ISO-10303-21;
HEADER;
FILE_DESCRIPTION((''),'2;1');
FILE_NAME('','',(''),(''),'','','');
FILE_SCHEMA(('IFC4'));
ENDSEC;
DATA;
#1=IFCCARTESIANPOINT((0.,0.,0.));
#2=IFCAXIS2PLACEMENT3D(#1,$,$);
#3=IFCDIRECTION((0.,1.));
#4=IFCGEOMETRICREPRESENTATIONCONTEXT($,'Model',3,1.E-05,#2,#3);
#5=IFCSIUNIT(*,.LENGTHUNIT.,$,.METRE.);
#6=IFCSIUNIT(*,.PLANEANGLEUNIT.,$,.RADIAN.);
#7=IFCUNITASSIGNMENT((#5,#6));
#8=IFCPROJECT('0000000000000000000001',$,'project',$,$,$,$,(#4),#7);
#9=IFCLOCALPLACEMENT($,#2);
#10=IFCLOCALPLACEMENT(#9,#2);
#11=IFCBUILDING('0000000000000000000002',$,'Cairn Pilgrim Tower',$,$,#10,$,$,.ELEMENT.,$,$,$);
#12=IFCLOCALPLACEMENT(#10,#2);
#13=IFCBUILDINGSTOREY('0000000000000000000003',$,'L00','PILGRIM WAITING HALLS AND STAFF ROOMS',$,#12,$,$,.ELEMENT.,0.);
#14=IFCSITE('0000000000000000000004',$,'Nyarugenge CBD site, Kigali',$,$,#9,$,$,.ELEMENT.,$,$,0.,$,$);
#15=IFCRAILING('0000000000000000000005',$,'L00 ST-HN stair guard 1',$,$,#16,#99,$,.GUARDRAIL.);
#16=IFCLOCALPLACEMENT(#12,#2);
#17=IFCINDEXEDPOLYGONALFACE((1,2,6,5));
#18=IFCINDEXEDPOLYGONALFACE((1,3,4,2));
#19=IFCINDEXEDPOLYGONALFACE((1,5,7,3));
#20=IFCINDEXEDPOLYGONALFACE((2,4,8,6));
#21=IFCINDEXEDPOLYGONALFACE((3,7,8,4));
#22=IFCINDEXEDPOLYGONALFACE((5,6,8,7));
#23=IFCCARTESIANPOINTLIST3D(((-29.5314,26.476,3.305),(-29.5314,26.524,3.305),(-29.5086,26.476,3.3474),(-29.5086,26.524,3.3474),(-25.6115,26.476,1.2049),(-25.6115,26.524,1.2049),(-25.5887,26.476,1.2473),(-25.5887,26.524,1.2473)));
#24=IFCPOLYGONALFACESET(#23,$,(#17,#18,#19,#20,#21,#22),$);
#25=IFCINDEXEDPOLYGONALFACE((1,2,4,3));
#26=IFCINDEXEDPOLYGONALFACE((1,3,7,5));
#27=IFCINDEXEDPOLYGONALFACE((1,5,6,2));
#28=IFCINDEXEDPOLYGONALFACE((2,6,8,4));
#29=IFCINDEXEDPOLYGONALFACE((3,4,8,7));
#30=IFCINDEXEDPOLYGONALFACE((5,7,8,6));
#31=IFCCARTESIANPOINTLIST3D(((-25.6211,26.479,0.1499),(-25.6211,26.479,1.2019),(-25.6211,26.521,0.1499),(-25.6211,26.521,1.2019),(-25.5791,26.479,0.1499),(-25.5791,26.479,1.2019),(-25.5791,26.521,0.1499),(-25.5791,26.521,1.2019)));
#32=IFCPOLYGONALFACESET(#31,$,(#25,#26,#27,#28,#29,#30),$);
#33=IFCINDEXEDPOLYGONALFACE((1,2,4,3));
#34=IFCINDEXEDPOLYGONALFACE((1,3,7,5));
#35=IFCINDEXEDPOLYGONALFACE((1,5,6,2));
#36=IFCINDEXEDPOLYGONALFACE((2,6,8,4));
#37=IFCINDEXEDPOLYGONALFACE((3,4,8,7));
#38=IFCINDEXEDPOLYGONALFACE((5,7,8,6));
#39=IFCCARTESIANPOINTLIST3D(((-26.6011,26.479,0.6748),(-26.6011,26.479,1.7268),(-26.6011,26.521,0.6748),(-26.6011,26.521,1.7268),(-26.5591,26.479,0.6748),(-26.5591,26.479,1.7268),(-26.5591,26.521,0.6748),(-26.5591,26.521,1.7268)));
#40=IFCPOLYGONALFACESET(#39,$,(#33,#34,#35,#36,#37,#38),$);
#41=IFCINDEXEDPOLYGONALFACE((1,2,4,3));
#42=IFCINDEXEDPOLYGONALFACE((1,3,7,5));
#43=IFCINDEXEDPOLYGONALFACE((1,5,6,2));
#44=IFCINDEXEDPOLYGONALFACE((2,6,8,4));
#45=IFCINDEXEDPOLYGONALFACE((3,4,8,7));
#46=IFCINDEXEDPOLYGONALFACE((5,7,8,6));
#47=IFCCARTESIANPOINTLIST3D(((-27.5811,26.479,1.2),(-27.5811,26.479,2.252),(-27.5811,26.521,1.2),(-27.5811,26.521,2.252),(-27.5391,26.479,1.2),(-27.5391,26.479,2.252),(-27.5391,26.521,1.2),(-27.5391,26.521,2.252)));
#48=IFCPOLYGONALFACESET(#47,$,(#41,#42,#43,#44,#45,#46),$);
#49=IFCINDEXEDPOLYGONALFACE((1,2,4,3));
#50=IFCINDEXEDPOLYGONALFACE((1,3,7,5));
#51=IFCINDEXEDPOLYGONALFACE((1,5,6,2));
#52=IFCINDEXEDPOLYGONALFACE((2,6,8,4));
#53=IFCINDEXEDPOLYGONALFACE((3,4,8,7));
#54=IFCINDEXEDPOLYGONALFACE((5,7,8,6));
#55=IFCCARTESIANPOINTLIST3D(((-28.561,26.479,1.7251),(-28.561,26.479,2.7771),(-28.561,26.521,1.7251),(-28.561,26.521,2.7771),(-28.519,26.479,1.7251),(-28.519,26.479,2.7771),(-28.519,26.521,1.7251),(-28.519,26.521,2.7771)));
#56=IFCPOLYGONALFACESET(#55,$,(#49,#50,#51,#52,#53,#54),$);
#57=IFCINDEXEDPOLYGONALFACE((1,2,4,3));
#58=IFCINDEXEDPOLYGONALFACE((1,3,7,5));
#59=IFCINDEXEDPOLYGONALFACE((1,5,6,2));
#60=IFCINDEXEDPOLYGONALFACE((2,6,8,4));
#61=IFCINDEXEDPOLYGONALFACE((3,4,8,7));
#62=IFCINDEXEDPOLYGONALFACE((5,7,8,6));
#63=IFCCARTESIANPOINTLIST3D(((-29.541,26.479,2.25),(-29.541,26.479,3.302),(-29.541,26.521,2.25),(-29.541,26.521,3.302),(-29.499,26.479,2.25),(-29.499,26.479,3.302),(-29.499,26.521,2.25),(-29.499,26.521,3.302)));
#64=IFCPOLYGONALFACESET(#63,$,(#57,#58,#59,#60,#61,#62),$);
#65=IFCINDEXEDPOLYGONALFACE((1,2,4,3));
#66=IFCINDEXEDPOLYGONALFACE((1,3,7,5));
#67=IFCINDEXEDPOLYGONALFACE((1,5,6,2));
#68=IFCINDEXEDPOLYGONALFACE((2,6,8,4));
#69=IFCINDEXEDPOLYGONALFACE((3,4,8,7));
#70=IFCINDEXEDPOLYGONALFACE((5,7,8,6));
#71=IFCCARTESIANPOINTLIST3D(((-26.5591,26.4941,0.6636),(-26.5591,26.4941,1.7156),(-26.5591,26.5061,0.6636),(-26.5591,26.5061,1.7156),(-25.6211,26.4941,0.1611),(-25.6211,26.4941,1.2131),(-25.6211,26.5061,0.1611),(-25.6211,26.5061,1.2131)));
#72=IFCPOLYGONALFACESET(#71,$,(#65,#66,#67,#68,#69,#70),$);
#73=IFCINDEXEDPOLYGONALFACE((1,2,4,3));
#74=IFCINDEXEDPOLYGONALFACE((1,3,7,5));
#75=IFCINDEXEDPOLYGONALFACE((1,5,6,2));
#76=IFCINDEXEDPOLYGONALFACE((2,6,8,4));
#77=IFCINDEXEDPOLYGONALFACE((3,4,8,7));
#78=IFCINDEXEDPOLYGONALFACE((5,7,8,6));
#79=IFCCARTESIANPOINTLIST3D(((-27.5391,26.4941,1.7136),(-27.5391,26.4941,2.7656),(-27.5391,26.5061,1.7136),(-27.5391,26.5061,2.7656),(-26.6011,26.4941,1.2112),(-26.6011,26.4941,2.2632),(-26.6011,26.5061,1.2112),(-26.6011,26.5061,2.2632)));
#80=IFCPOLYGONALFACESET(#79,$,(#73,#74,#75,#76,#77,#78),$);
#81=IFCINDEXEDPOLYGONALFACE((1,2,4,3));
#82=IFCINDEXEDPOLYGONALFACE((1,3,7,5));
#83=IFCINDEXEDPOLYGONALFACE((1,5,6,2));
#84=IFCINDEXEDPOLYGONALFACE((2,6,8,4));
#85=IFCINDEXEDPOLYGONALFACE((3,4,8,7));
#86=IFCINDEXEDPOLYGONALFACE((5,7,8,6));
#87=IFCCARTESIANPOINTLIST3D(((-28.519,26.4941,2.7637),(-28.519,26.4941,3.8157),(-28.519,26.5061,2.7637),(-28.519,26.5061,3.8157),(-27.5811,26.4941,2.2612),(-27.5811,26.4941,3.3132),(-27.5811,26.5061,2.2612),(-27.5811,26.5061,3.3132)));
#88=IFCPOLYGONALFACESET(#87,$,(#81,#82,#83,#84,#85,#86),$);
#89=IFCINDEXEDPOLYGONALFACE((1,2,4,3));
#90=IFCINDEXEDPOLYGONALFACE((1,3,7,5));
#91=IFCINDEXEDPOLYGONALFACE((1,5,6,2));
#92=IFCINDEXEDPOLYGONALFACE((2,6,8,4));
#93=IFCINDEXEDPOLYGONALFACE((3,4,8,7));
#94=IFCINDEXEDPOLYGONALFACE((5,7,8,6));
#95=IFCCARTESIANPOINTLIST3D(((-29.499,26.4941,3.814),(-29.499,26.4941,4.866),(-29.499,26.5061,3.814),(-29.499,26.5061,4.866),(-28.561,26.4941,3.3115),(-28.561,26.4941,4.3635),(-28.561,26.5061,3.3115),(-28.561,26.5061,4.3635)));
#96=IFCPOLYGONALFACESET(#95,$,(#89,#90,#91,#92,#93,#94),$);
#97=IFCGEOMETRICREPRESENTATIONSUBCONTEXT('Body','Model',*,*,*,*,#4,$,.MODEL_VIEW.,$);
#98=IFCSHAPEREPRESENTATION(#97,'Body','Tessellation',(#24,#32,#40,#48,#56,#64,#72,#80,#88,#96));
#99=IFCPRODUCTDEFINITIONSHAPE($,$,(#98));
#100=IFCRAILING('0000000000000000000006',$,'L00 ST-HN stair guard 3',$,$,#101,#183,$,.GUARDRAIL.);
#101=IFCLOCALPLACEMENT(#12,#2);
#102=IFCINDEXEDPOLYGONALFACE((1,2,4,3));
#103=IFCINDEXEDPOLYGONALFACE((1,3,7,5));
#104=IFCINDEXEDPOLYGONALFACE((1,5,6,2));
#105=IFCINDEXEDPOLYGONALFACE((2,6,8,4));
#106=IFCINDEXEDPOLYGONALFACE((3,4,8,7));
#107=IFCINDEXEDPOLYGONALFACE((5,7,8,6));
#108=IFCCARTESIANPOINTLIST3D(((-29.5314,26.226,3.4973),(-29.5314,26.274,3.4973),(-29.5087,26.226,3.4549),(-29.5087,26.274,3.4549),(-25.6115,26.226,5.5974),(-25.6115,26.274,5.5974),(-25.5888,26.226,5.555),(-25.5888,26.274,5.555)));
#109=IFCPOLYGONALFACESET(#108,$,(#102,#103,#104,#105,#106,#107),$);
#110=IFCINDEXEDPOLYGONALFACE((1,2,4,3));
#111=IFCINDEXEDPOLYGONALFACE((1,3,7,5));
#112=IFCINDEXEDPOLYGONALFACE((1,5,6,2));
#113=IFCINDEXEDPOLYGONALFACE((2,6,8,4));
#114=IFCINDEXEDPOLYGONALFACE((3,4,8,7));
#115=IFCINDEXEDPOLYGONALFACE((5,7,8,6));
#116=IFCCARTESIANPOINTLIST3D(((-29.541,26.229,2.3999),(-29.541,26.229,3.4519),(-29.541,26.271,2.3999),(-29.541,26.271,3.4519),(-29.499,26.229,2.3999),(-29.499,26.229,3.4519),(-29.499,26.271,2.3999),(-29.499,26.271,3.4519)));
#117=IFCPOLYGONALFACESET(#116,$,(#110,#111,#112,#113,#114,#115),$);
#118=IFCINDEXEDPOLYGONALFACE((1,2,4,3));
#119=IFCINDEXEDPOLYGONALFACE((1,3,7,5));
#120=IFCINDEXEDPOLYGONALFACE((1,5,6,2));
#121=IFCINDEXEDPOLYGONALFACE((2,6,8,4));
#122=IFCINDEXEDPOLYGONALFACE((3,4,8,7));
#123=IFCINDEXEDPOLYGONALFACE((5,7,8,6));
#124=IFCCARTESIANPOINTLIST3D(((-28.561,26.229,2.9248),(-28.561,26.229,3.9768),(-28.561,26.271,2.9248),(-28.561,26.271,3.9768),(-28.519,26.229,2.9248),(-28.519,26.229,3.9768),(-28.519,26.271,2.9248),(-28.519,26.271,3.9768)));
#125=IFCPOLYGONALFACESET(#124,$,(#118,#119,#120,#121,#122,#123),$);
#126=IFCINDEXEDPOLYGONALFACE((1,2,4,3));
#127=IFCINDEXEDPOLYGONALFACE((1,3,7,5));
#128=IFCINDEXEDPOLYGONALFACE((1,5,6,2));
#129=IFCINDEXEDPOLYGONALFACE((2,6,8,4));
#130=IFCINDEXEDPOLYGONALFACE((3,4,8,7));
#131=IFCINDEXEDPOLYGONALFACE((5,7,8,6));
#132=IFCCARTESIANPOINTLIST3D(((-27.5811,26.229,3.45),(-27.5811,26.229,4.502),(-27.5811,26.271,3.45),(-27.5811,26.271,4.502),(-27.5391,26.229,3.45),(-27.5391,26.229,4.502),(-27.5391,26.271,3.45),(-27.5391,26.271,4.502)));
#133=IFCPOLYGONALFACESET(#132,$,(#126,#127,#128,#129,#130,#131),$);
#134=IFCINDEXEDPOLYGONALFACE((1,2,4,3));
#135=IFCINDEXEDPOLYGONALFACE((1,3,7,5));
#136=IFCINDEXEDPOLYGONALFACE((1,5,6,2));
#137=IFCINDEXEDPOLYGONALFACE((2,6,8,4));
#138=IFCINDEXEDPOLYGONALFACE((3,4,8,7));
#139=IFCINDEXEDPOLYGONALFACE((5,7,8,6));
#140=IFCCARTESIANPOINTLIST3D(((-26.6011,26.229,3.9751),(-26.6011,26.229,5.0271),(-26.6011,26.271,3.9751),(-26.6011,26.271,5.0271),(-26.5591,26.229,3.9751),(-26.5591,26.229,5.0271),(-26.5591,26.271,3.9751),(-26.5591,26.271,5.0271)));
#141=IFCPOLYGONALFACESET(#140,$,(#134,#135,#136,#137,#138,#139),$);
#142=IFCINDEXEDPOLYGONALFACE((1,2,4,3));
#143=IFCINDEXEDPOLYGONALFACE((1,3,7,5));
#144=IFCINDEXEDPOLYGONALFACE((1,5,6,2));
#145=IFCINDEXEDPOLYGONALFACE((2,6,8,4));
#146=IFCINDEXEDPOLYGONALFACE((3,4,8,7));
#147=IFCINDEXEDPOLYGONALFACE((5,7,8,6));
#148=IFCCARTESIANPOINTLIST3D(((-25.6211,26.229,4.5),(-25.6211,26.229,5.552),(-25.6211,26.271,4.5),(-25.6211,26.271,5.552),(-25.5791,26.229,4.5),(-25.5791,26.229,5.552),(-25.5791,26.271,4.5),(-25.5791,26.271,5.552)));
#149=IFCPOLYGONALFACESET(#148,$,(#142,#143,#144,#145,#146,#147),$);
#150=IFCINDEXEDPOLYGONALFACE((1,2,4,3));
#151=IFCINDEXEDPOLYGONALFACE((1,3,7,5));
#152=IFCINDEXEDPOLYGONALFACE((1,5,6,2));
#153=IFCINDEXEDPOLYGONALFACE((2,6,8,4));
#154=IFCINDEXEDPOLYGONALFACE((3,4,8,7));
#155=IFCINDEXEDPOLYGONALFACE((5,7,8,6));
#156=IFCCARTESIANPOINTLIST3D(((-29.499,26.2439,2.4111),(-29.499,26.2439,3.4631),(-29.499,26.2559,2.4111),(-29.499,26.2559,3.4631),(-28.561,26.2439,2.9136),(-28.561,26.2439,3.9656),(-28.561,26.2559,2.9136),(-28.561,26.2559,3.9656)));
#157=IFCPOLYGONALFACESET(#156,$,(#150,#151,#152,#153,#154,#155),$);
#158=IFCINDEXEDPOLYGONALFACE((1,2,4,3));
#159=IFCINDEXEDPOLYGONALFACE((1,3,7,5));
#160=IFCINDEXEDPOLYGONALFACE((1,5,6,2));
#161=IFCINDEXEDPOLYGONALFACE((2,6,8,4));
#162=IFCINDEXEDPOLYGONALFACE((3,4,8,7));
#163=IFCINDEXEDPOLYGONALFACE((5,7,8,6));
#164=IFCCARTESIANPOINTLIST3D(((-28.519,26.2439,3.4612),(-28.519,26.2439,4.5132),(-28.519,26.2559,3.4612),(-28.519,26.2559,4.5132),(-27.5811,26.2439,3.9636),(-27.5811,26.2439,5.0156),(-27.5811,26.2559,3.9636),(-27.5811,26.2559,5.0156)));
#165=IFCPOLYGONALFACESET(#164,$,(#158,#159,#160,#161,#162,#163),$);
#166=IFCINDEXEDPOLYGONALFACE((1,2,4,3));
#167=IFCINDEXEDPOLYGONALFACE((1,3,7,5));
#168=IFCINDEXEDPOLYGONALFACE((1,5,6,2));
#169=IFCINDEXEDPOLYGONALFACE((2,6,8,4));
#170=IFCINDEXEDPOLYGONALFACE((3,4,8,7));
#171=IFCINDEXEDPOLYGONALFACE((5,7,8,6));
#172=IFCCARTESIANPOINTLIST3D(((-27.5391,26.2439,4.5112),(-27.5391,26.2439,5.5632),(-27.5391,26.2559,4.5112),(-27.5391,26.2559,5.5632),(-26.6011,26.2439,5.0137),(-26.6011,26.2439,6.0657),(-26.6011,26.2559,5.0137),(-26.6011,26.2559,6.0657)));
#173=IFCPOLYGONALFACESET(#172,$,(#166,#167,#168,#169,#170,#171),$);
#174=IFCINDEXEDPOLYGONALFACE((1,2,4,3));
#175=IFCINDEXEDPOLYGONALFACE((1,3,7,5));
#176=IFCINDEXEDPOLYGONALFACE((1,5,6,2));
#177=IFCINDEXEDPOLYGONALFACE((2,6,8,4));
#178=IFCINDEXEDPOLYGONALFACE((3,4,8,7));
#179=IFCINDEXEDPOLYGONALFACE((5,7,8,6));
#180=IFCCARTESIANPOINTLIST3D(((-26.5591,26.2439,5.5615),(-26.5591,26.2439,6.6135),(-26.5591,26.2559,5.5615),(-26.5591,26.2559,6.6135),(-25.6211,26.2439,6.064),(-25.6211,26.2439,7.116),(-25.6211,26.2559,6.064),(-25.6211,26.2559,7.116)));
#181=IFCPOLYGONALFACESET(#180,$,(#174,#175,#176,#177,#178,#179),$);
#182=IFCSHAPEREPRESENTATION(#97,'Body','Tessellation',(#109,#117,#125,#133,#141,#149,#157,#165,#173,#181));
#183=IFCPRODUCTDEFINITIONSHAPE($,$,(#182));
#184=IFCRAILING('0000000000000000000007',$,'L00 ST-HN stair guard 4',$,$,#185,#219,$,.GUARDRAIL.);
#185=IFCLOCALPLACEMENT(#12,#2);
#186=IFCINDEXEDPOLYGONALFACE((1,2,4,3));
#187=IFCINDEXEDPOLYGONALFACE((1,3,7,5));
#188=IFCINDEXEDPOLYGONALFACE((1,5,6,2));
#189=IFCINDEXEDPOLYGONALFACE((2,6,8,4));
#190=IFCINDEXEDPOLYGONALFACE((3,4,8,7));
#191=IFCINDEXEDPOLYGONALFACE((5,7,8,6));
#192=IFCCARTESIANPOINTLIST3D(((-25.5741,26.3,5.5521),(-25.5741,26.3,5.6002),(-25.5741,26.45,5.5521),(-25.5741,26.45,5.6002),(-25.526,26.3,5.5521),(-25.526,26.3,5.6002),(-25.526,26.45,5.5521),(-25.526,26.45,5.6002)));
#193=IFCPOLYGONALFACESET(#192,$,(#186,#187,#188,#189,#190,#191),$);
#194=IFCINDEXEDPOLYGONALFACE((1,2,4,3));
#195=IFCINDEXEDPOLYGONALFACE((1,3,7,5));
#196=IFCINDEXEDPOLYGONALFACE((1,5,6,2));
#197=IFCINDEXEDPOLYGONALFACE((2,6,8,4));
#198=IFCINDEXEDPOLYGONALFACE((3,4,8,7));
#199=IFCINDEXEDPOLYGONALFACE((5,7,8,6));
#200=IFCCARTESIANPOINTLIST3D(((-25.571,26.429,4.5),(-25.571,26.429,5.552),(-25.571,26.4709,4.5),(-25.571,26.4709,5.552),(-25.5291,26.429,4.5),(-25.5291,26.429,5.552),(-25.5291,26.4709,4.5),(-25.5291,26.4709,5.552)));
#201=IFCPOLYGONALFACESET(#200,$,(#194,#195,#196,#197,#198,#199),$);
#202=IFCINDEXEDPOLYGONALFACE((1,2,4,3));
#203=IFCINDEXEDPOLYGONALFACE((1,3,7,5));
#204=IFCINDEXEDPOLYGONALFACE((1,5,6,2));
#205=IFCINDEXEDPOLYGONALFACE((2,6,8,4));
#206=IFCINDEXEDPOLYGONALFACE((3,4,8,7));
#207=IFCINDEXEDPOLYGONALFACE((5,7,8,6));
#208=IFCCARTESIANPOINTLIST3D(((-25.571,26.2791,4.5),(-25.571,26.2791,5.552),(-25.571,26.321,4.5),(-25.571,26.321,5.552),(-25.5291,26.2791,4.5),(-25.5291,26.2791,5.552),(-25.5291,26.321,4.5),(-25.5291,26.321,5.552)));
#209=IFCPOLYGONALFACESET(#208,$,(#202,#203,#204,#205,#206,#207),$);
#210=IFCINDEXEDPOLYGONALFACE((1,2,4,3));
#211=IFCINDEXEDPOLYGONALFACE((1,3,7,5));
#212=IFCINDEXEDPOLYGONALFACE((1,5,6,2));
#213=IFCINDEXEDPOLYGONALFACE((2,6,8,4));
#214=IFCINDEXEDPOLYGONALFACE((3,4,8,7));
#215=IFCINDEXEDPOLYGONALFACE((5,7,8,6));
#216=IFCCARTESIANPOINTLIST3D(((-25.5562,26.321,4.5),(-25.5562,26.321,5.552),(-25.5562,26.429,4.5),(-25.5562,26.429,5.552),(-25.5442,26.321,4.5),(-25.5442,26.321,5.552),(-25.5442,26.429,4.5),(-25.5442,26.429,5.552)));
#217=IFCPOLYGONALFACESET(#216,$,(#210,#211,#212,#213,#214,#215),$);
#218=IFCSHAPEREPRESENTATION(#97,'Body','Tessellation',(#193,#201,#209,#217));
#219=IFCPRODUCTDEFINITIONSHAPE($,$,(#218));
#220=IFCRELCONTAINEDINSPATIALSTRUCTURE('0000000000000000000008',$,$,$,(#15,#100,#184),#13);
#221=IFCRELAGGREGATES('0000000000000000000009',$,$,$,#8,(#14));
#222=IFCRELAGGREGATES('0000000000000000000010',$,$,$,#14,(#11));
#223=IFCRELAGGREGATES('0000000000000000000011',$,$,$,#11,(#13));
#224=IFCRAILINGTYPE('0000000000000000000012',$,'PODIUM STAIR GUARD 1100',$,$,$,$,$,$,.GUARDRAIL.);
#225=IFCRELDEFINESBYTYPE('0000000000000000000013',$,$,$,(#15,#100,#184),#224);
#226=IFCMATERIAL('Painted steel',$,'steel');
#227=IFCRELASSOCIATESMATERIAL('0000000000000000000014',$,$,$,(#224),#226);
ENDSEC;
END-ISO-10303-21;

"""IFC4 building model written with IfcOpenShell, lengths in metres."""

from ifc_helpers import new_model, si_unit, direction, frame, origin, origin_2d, place, context, subcontext, project, spatial, polyline, rectangle, outline, extrude, material, type_object, element, save


model = new_model("IFC4")

# Units and contexts
model_context = context("Model", 3, precision=1e-05, world=origin(), true_north=direction((0.0, 1.0)))
body_context = subcontext(model_context, "Body", "Model", "MODEL_VIEW")
ifc_project = project(units=[si_unit("LENGTHUNIT", "METRE"), si_unit("PLANEANGLEUNIT", "RADIAN")], contexts=[model_context])

# Site, building, storey
site_placement = place(None, origin())
site = spatial("IfcSite", under=ifc_project, at=site_placement, Name="Nyarugenge CBD site, Kigali", CompositionType="ELEMENT", RefElevation=0.0)
building_placement = place(site_placement, origin())
building = spatial("IfcBuilding", under=site, at=building_placement, Name="Cairn Pilgrim Tower", CompositionType="ELEMENT")
storey_placement = place(building_placement, origin())
storey = spatial("IfcBuildingStorey", under=building, at=storey_placement, Name="L00", Description="PILGRIM WAITING HALLS AND STAFF ROOMS", CompositionType="ELEMENT", Elevation=0.0)

# Railings
ifc_material_1 = material(Name="Painted steel", Category="steel")
railing_type_1 = type_object("IfcRailingType", Name="PODIUM STAIR GUARD 1100", PredefinedType="GUARDRAIL", material=ifc_material_1)
railing_1_placement = place(storey_placement, frame((-25.6001, 26.5, 0.1499)))
element("IfcRailing", 1, at=railing_1_placement, inside=storey, type_object=railing_type_1, Name="L00 ST-HN stair guard 1", PredefinedType="GUARDRAIL", context=body_context, shape_type="SweptSolid", body=[
    extrude(rectangle(XDim=0.0481, YDim=0.0481, at=origin_2d()), frame((0.0, 0.0, 1.0762), z_axis=(-0.881467, 0.0, 0.472246), x_axis=(0.0, -1.0, 0.0)), (0.0, 0.0, 1.0), 4.447),
    extrude(rectangle(XDim=0.042, YDim=0.042, at=origin_2d()), origin(), (0.0, 0.0, 1.0), 1.052),
    extrude(rectangle(XDim=0.042, YDim=0.042, at=origin_2d()), frame((-0.98, 0.0, 0.5249)), (0.0, 0.0, 1.0), 1.052),
    extrude(rectangle(XDim=0.042, YDim=0.042, at=origin_2d()), frame((-1.96, 0.0, 1.05)), (0.0, 0.0, 1.0), 1.052),
    extrude(rectangle(XDim=0.042, YDim=0.042, at=origin_2d()), frame((-2.9399, 0.0, 1.5752)), (0.0, 0.0, 1.0), 1.052),
    extrude(rectangle(XDim=0.042, YDim=0.042, at=origin_2d()), frame((-3.9199, 0.0, 2.1001)), (0.0, 0.0, 1.0), 1.052),
    extrude(outline(polyline([(0.021, 0.0112), (0.959, 0.5137), (0.959, 1.5657), (0.021, 1.0632), (0.021, 0.0112)])), frame((0.0, -0.0059, 0.0), z_axis=(0.0, 1.0, 0.0), x_axis=(-1.0, 0.0, 0.0)), (0.0, 0.0, 1.0), 0.012),
    extrude(outline(polyline([(0.021, 0.5364), (0.959, 1.0388), (0.959, 2.0908), (0.021, 1.5884), (0.021, 0.5364)])), frame((-0.98, -0.0059, 0.5249), z_axis=(0.0, 1.0, 0.0), x_axis=(-1.0, 0.0, 0.0)), (0.0, 0.0, 1.0), 0.012),
    extrude(outline(polyline([(0.021, 1.0613), (0.959, 1.5637), (0.959, 2.6157), (0.021, 2.1133), (0.021, 1.0613)])), frame((-1.96, -0.0059, 1.05), z_axis=(0.0, 1.0, 0.0), x_axis=(-1.0, 0.0, 0.0)), (0.0, 0.0, 1.0), 0.012),
    extrude(outline(polyline([(0.021, 1.5864), (0.959, 2.0889), (0.959, 3.1409), (0.021, 2.6384), (0.021, 1.5864)])), frame((-2.9399, -0.0059, 1.5752), z_axis=(0.0, 1.0, 0.0), x_axis=(-1.0, 0.0, 0.0)), (0.0, 0.0, 1.0), 0.012),
])
railing_2_placement = place(storey_placement, frame((-29.52, 26.25, 2.3999)))
element("IfcRailing", 2, at=railing_2_placement, inside=storey, type_object=railing_type_1, Name="L00 ST-HN stair guard 3", PredefinedType="GUARDRAIL", context=body_context, shape_type="SweptSolid", body=[
    extrude(rectangle(XDim=0.0481, YDim=0.0481, at=origin_2d()), frame((0.0, 0.0, 1.0762), z_axis=(0.881467, 0.0, 0.472246), x_axis=(0.0, 1.0, 0.0)), (0.0, 0.0, 1.0), 4.447),
    extrude(rectangle(XDim=0.042, YDim=0.042, at=origin_2d()), origin(), (0.0, 0.0, 1.0), 1.052),
    extrude(rectangle(XDim=0.042, YDim=0.042, at=origin_2d()), frame((0.98, 0.0, 0.5249)), (0.0, 0.0, 1.0), 1.052),
    extrude(rectangle(XDim=0.042, YDim=0.042, at=origin_2d()), frame((1.96, 0.0, 1.05)), (0.0, 0.0, 1.0), 1.052),
    extrude(rectangle(XDim=0.042, YDim=0.042, at=origin_2d()), frame((2.9399, 0.0, 1.5752)), (0.0, 0.0, 1.0), 1.052),
    extrude(rectangle(XDim=0.042, YDim=0.042, at=origin_2d()), frame((3.9199, 0.0, 2.1001)), (0.0, 0.0, 1.0), 1.052),
    extrude(outline(polyline([(0.021, 0.0112), (0.959, 0.5137), (0.959, 1.5657), (0.021, 1.0632), (0.021, 0.0112)])), frame((0.0, 0.0059, 0.0), z_axis=(0.0, -1.0, 0.0), x_axis=(1.0, 0.0, 0.0)), (0.0, 0.0, 1.0), 0.012),
    extrude(outline(polyline([(0.021, 0.5364), (0.959, 1.0388), (0.959, 2.0908), (0.021, 1.5884), (0.021, 0.5364)])), frame((0.98, 0.0059, 0.5249), z_axis=(0.0, -1.0, 0.0), x_axis=(1.0, 0.0, 0.0)), (0.0, 0.0, 1.0), 0.012),
    extrude(outline(polyline([(0.021, 1.0613), (0.959, 1.5637), (0.959, 2.6157), (0.021, 2.1133), (0.021, 1.0613)])), frame((1.96, 0.0059, 1.05), z_axis=(0.0, -1.0, 0.0), x_axis=(1.0, 0.0, 0.0)), (0.0, 0.0, 1.0), 0.012),
    extrude(outline(polyline([(0.021, 1.5864), (0.959, 2.0889), (0.959, 3.1409), (0.021, 2.6384), (0.021, 1.5864)])), frame((2.9399, 0.0059, 1.5752), z_axis=(0.0, -1.0, 0.0), x_axis=(1.0, 0.0, 0.0)), (0.0, 0.0, 1.0), 0.012),
])
railing_3_placement = place(storey_placement, frame((-25.55, 26.45, 4.5)))
element("IfcRailing", 3, at=railing_3_placement, inside=storey, type_object=railing_type_1, Name="L00 ST-HN stair guard 4", PredefinedType="GUARDRAIL", context=body_context, shape_type="SweptSolid", body=[
    extrude(rectangle(XDim=0.0481, YDim=0.0481, at=origin_2d()), frame((0.0, 0.0, 1.0762), z_axis=(0.0, -1.0, 0.0), x_axis=(1.0, 0.0, 0.0)), (0.0, 0.0, 1.0), 0.1499),
    extrude(rectangle(XDim=0.042, YDim=0.042, at=origin_2d()), origin(), (0.0, 0.0, 1.0), 1.052),
    extrude(rectangle(XDim=0.042, YDim=0.042, at=origin_2d()), frame((0.0, -0.1499, 0.0)), (0.0, 0.0, 1.0), 1.052),
    extrude(outline(polyline([(0.021, 0.0), (0.1289, 0.0), (0.1289, 1.052), (0.021, 1.052), (0.021, 0.0)])), frame((0.0059, 0.0, 0.0), z_axis=(-1.0, 0.0, 0.0), x_axis=(0.0, -1.0, 0.0)), (0.0, 0.0, 1.0), 0.012),
])

save(model, "model.ifc")
